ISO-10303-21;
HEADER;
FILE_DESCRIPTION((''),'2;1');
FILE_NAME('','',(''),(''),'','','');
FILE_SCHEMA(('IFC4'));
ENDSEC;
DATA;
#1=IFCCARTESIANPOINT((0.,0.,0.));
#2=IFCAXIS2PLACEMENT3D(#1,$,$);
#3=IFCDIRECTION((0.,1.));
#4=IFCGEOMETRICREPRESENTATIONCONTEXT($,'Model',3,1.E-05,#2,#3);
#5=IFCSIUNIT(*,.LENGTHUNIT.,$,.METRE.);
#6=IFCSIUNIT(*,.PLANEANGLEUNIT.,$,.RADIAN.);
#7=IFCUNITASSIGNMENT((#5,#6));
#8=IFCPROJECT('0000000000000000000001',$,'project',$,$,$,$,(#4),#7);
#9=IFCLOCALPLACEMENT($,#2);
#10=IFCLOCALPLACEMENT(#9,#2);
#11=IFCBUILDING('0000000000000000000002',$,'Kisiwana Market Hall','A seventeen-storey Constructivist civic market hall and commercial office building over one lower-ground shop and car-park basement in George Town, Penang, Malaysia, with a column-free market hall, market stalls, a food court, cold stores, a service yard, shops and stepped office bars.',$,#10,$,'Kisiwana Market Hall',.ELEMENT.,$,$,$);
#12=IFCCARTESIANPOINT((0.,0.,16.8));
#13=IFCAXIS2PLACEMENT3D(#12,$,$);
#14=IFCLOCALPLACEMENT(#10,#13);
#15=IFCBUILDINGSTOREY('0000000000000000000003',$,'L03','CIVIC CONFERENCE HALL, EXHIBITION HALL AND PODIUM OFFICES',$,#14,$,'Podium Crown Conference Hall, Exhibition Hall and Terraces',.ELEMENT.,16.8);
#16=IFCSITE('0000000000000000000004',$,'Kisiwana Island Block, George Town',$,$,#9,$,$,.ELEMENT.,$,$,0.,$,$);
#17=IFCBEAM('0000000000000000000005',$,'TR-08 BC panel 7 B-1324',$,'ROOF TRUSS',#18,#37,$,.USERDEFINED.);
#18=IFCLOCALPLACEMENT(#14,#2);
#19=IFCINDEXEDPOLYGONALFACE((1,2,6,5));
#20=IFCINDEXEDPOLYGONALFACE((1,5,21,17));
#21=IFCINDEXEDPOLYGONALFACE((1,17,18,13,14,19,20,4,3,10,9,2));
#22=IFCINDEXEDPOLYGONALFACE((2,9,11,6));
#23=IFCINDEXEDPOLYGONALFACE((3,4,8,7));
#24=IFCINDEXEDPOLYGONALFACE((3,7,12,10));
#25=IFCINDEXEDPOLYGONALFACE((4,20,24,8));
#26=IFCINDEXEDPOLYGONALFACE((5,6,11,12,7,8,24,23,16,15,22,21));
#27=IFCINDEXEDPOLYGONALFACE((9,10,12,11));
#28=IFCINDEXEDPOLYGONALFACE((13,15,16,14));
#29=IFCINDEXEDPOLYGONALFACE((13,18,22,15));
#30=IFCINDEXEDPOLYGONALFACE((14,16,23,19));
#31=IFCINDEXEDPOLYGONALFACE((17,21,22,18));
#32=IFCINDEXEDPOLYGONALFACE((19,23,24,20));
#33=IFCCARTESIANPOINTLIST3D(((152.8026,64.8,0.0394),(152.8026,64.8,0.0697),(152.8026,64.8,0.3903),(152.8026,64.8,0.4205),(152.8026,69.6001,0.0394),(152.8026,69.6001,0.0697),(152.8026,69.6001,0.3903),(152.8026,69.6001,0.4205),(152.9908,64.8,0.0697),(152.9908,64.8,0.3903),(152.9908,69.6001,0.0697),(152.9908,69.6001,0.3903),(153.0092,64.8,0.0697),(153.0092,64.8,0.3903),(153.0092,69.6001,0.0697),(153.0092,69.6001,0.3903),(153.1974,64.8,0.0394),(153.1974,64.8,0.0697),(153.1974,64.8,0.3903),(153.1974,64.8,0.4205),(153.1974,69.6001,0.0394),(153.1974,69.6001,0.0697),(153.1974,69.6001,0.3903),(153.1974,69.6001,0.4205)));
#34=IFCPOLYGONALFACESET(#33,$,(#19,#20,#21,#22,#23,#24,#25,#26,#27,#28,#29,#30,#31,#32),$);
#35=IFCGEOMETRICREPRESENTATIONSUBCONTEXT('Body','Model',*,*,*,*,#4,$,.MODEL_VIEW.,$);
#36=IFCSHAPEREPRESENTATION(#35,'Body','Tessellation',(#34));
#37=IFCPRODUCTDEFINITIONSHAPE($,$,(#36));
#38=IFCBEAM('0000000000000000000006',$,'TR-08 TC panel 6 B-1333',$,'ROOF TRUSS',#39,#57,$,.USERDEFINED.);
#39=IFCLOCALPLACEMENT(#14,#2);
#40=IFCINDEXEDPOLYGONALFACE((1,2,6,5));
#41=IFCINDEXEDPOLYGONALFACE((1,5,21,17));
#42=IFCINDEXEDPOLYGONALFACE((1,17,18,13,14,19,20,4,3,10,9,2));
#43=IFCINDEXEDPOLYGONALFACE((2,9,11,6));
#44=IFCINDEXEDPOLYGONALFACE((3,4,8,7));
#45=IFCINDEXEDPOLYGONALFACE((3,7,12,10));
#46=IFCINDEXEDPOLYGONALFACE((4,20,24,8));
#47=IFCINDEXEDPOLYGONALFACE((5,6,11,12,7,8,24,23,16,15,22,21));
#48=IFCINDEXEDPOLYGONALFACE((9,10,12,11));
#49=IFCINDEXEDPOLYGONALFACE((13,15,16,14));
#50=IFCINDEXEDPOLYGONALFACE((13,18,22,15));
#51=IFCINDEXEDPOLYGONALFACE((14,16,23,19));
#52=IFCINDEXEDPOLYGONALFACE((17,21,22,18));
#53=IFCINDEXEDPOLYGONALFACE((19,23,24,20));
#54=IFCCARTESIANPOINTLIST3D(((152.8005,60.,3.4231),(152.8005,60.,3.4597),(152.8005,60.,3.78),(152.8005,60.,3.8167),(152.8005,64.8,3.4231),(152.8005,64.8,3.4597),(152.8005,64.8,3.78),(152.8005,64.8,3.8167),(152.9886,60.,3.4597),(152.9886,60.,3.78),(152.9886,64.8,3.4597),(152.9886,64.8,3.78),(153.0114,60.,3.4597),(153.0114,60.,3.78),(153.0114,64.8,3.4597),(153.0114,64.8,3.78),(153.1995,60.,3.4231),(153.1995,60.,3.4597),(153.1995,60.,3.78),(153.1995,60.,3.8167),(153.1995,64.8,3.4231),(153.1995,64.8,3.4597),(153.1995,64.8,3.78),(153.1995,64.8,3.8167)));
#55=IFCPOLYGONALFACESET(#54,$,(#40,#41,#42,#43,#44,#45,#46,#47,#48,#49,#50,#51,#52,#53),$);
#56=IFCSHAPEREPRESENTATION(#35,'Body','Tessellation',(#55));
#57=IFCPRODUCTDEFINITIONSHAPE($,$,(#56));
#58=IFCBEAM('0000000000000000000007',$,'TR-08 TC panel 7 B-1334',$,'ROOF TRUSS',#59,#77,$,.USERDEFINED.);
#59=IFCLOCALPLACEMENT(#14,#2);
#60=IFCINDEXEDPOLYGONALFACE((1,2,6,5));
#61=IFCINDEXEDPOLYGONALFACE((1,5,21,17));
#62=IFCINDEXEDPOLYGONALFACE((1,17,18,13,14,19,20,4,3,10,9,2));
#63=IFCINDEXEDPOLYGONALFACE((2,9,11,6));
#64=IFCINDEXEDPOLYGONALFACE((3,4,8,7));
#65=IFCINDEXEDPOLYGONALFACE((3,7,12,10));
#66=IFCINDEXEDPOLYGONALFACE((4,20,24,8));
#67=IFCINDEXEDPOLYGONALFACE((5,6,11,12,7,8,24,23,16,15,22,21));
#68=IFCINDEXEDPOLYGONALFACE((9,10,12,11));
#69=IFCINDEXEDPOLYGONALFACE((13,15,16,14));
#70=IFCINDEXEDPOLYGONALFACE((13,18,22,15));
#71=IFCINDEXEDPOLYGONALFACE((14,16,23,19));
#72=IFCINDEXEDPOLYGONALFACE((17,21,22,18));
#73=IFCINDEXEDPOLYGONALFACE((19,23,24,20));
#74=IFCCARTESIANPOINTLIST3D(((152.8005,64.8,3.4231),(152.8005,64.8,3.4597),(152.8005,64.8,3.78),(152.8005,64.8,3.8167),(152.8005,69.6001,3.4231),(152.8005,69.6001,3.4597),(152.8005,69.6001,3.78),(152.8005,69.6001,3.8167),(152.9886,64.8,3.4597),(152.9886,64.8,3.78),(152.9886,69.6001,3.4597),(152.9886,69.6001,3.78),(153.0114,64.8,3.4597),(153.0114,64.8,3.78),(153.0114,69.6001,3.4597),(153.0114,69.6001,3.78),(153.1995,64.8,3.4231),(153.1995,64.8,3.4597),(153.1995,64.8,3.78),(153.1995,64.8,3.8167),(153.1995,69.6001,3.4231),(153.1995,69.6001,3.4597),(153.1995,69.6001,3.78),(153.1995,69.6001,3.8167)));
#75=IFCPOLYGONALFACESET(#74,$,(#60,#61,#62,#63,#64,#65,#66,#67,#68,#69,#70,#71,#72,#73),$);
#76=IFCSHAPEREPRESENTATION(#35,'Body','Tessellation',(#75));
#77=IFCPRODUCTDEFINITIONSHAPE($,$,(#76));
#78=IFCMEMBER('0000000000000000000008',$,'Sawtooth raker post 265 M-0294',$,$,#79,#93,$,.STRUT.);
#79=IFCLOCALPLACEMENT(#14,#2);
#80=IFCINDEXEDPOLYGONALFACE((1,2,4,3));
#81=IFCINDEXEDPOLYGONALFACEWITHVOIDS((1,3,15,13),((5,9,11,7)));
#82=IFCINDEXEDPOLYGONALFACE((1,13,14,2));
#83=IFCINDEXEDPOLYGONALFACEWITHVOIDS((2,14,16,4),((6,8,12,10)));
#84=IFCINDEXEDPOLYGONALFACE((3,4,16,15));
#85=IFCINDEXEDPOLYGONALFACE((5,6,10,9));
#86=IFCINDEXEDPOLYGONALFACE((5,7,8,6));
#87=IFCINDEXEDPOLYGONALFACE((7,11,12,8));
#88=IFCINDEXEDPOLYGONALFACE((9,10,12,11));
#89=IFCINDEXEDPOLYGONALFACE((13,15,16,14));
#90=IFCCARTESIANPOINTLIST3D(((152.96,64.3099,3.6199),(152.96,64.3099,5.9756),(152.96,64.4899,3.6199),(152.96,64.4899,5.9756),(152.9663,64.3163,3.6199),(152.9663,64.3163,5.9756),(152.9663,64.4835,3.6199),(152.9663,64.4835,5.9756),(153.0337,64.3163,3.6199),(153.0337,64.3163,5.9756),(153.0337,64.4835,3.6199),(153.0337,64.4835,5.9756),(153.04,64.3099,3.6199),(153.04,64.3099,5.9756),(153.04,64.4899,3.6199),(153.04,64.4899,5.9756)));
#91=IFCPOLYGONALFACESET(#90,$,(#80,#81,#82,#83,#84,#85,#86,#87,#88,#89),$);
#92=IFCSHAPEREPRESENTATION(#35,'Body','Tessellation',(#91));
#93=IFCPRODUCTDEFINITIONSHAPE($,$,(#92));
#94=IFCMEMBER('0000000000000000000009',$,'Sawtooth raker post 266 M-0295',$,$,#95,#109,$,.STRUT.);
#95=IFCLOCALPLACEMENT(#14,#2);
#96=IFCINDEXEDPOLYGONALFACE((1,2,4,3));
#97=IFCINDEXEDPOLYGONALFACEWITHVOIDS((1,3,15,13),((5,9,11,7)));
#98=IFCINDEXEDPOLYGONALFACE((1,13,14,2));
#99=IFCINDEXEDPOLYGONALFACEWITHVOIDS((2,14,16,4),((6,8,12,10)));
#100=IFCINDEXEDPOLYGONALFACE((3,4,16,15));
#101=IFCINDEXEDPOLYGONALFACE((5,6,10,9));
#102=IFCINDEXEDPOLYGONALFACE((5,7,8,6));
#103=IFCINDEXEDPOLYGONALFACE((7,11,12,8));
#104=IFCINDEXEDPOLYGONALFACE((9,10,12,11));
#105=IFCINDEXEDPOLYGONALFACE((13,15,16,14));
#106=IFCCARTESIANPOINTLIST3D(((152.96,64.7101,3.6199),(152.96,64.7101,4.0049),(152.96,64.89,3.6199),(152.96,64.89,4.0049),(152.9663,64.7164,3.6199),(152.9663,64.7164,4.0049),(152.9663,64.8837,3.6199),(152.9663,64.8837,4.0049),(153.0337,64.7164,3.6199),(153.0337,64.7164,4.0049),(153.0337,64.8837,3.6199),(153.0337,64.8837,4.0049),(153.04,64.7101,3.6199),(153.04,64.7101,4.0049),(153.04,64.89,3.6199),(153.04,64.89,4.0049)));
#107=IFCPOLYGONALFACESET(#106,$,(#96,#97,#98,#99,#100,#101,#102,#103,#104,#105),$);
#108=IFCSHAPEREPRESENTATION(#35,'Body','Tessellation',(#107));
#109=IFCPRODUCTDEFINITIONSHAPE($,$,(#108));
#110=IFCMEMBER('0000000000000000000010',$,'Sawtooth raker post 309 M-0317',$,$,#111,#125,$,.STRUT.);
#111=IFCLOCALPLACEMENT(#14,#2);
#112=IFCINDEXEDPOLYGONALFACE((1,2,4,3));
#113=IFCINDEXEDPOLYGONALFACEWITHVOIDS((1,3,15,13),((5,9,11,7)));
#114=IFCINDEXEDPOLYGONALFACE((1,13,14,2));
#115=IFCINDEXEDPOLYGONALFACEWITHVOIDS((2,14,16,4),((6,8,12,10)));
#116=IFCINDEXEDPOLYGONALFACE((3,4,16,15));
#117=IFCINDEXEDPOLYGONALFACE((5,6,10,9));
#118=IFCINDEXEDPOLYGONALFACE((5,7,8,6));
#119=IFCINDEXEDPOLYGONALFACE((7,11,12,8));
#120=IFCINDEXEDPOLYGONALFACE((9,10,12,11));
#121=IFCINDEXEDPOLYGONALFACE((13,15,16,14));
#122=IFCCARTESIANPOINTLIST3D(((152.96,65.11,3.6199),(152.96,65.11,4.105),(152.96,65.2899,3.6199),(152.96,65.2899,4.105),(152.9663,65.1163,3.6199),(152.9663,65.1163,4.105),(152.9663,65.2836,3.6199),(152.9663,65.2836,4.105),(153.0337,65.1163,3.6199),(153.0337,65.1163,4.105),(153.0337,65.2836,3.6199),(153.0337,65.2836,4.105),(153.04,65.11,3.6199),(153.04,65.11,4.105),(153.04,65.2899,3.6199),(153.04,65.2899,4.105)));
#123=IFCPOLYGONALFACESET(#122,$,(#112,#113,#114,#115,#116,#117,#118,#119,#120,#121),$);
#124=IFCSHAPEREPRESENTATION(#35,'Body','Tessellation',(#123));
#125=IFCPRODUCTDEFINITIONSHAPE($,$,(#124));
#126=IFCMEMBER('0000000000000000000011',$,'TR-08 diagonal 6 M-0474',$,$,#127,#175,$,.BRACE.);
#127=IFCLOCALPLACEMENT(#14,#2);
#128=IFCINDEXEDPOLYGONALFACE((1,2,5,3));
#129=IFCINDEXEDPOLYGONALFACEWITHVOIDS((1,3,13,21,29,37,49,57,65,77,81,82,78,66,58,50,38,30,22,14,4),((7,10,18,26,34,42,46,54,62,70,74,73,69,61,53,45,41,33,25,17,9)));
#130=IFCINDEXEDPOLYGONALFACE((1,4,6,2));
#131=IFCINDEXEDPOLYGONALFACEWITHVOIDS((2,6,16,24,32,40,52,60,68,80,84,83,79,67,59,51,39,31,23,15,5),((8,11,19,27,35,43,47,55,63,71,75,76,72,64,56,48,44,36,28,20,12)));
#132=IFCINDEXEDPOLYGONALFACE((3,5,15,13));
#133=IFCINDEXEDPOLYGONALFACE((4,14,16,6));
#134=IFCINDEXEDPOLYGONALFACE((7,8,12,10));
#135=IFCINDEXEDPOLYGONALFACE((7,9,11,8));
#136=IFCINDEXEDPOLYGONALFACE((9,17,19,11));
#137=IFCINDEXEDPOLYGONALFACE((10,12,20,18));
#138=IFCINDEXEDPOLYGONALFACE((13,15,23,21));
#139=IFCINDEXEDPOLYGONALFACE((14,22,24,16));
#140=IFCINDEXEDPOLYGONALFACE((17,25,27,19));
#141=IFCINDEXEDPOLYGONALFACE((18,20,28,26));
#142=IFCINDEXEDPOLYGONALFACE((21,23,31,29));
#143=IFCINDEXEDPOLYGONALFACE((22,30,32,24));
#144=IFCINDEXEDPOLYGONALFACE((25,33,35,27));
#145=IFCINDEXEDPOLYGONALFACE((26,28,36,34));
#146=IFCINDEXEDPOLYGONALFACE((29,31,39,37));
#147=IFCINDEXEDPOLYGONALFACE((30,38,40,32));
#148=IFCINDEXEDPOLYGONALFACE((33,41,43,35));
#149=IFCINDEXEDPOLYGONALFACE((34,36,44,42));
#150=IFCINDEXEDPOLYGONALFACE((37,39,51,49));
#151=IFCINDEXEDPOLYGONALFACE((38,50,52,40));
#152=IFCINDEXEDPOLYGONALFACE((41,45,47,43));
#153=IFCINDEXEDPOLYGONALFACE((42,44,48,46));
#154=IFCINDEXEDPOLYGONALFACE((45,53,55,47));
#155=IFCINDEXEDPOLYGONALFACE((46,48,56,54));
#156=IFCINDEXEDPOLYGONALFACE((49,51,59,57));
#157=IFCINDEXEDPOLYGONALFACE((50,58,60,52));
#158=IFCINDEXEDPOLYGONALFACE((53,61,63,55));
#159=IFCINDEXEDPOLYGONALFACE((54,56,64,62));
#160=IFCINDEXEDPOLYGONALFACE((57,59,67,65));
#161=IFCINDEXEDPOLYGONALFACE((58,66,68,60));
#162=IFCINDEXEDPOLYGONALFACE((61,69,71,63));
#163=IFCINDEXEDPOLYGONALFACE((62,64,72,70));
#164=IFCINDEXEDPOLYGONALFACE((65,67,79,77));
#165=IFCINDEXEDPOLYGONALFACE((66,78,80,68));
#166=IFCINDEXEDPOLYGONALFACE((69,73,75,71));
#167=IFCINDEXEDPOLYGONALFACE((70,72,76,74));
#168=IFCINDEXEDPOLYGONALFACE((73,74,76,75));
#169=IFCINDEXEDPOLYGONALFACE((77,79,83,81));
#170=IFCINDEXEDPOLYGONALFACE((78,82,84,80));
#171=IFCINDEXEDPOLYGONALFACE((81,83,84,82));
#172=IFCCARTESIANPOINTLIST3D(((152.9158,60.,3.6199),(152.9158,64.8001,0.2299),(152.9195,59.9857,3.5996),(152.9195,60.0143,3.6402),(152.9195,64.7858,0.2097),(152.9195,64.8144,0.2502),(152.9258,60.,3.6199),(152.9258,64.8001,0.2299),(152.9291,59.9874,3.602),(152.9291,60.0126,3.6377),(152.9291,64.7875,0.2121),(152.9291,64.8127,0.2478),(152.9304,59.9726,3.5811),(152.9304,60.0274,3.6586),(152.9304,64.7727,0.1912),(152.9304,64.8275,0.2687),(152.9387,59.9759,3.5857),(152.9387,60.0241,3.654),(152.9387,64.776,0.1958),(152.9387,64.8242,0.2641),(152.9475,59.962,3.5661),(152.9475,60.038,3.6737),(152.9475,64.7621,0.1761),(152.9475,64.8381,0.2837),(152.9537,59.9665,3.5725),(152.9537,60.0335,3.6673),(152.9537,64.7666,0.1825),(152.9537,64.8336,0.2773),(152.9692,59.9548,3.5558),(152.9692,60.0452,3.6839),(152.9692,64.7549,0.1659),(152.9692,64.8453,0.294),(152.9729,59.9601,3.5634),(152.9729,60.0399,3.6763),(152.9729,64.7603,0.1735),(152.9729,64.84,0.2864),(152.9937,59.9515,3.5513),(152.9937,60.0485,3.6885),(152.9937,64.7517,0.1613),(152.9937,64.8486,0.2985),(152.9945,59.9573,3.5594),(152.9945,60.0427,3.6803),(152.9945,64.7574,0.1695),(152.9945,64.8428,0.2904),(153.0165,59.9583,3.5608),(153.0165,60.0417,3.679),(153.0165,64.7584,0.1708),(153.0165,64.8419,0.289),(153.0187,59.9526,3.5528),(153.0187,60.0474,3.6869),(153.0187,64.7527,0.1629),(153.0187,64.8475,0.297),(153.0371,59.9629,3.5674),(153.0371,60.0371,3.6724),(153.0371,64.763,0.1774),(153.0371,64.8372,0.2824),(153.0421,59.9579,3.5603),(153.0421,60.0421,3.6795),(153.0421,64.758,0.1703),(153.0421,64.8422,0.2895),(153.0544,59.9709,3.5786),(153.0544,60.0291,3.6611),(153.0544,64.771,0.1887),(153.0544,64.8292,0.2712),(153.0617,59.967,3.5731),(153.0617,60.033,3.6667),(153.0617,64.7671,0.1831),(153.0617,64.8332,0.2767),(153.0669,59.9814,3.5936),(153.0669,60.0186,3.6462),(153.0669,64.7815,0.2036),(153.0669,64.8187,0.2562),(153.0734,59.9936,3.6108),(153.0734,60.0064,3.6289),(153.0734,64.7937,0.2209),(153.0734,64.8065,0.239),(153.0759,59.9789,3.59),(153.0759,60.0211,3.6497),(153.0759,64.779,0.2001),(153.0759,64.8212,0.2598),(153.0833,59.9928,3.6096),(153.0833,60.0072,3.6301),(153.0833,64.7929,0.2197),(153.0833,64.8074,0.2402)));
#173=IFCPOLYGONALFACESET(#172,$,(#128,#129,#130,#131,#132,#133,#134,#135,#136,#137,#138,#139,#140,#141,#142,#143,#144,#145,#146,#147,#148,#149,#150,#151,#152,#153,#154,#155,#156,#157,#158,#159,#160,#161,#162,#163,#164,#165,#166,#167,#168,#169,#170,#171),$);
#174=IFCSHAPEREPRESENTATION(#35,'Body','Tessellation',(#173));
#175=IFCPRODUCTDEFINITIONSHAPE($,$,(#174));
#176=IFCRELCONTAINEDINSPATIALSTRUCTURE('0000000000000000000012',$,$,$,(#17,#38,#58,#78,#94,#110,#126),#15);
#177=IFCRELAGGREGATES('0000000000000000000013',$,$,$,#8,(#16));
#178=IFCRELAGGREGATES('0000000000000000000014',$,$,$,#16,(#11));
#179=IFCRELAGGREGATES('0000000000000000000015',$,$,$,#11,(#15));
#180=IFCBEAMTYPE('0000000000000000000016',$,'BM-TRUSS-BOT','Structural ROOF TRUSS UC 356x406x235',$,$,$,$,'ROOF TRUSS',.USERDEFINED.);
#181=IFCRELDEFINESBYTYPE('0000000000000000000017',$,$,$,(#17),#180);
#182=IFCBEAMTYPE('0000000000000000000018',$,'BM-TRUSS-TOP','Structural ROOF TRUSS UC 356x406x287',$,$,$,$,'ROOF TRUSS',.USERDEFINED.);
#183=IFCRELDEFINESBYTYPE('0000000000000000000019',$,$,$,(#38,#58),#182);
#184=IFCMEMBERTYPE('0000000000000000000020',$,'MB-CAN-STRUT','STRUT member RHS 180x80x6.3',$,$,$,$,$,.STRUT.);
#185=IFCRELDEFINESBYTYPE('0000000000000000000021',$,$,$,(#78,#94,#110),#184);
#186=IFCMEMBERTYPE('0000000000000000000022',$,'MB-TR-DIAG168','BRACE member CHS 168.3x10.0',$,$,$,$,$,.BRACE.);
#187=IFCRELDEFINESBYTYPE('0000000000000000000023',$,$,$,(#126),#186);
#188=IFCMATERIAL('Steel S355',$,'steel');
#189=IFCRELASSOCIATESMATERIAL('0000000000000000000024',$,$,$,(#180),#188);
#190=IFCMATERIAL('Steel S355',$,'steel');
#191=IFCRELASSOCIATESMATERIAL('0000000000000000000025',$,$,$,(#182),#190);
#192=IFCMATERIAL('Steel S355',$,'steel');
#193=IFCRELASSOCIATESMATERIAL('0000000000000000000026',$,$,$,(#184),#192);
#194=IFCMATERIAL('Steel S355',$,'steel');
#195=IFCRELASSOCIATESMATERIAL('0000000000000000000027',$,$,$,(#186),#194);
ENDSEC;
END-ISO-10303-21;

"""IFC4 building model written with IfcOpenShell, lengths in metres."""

from ifc_helpers import new_model, si_unit, direction, frame, origin, origin_2d, place, context, subcontext, project, spatial, hollow_rectangle, hollow_circle, i_section, extrude, material, material_profile, profile_set, type_object, element, save


model = new_model("IFC4")

# Units and contexts
model_context = context("Model", 3, precision=1e-05, world=origin(), true_north=direction((0.0, 1.0)))
body_context = subcontext(model_context, "Body", "Model", "MODEL_VIEW")
ifc_project = project(units=[si_unit("LENGTHUNIT", "METRE"), si_unit("PLANEANGLEUNIT", "RADIAN")], contexts=[model_context])

# Site, building, storey
site_placement = place(None, origin())
site = spatial("IfcSite", under=ifc_project, at=site_placement, Name="Kisiwana Island Block, George Town", CompositionType="ELEMENT", RefElevation=0.0)
building_placement = place(site_placement, origin())
building = spatial("IfcBuilding", under=site, at=building_placement, Name="Kisiwana Market Hall", Description="A seventeen-storey Constructivist civic market hall and commercial office building over one lower-ground shop and car-park basement in George Town, Penang, Malaysia, with a column-free market hall, market stalls, a food court, cold stores, a service yard, shops and stepped office bars.", LongName="Kisiwana Market Hall", CompositionType="ELEMENT")
storey_placement = place(building_placement, frame((0.0, 0.0, 16.8)))
storey = spatial("IfcBuildingStorey", under=building, at=storey_placement, Name="L03", Description="CIVIC CONFERENCE HALL, EXHIBITION HALL AND PODIUM OFFICES", LongName="Podium Crown Conference Hall, Exhibition Hall and Terraces", CompositionType="ELEMENT", Elevation=16.8)

# Beams
ifc_material_1 = material(Name="Steel S355", Category="steel")
ifc_material_profile_1 = material_profile(ifc_material_1, i_section(OverallWidth=0.3948, OverallDepth=0.3811, WebThickness=0.0183, FlangeThickness=0.0303, at=origin_2d()), Name="UC 356x406x235")
ifc_profile_set_1 = profile_set([ifc_material_profile_1], Name="Steel S355")
beam_type_1 = type_object("IfcBeamType", Name="BM-TRUSS-BOT", Description="Structural ROOF TRUSS UC 356x406x235", ElementType="ROOF TRUSS", PredefinedType="USERDEFINED", material=ifc_profile_set_1)
for number, where, z_axis, x_axis, name in (
    (1, (153.0, 64.8, 0.23), (0.0, 1.0, 0.0), (-1.0, 0.0, 0.0), "TR-08 BC panel 7 B-1324"),
):
    element("IfcBeam", number, at=place(storey_placement, frame(where, z_axis=z_axis, x_axis=x_axis)), inside=storey, type_object=beam_type_1, Name=name, ObjectType="ROOF TRUSS", PredefinedType="USERDEFINED", context=body_context, shape_type="SweptSolid", body=[
        extrude(i_section(OverallWidth=0.3948, OverallDepth=0.3811, WebThickness=0.0183, FlangeThickness=0.0303, at=origin_2d()), origin(), (0.0, 0.0, 1.0), 4.8),
    ])
ifc_material_2 = material(Name="Steel S355", Category="steel")
ifc_material_profile_2 = material_profile(ifc_material_2, i_section(OverallWidth=0.3989, OverallDepth=0.3936, WebThickness=0.0227, FlangeThickness=0.0366, at=origin_2d()), Name="UC 356x406x287")
ifc_profile_set_2 = profile_set([ifc_material_profile_2], Name="Steel S355")
beam_type_2 = type_object("IfcBeamType", Name="BM-TRUSS-TOP", Description="Structural ROOF TRUSS UC 356x406x287", ElementType="ROOF TRUSS", PredefinedType="USERDEFINED", material=ifc_profile_set_2)
for number, where, z_axis, x_axis, name in (
    (2, (153.0, 60.0, 3.6199), (0.0, 1.0, 0.0), (-1.0, 0.0, 0.0), "TR-08 TC panel 6 B-1333"),
    (3, (153.0, 64.8, 3.6199), (0.0, 1.0, 0.0), (-1.0, 0.0, 0.0), "TR-08 TC panel 7 B-1334"),
):
    element("IfcBeam", number, at=place(storey_placement, frame(where, z_axis=z_axis, x_axis=x_axis)), inside=storey, type_object=beam_type_2, Name=name, ObjectType="ROOF TRUSS", PredefinedType="USERDEFINED", context=body_context, shape_type="SweptSolid", body=[
        extrude(i_section(OverallWidth=0.3989, OverallDepth=0.3936, WebThickness=0.0227, FlangeThickness=0.0366, at=origin_2d()), origin(), (0.0, 0.0, 1.0), 4.8),
    ])

# Members
ifc_material_3 = material(Name="Steel S355", Category="steel")
ifc_material_profile_3 = material_profile(ifc_material_3, hollow_rectangle(XDim=0.0801, YDim=0.1799, WallThickness=0.0063, at=origin_2d()), Name="RHS 180x80x6.3")
ifc_profile_set_3 = profile_set([ifc_material_profile_3], Name="Steel S355")
member_type_1 = type_object("IfcMemberType", Name="MB-CAN-STRUT", Description="STRUT member RHS 180x80x6.3", PredefinedType="STRUT", material=ifc_profile_set_3)
member_1_placement = place(storey_placement, frame((153.0, 64.3999, 3.6199), z_axis=(0.0, 0.0, 1.0), x_axis=(1.0, 0.0, 0.0)))
element("IfcMember", 4, at=member_1_placement, inside=storey, type_object=member_type_1, Name="Sawtooth raker post 265 M-0294", PredefinedType="STRUT", context=body_context, shape_type="SweptSolid", body=[
    extrude(hollow_rectangle(XDim=0.0801, YDim=0.1799, WallThickness=0.0063, at=origin_2d()), origin(), (0.0, 0.0, 1.0), 2.3557),
])
member_2_placement = place(storey_placement, frame((153.0, 64.8, 3.6199), z_axis=(0.0, 0.0, 1.0), x_axis=(1.0, 0.0, 0.0)))
element("IfcMember", 5, at=member_2_placement, inside=storey, type_object=member_type_1, Name="Sawtooth raker post 266 M-0295", PredefinedType="STRUT", context=body_context, shape_type="SweptSolid", body=[
    extrude(hollow_rectangle(XDim=0.0801, YDim=0.1799, WallThickness=0.0063, at=origin_2d()), origin(), (0.0, 0.0, 1.0), 0.385),
])
member_3_placement = place(storey_placement, frame((153.0, 65.2, 3.6199), z_axis=(0.0, 0.0, 1.0), x_axis=(1.0, 0.0, 0.0)))
element("IfcMember", 6, at=member_3_placement, inside=storey, type_object=member_type_1, Name="Sawtooth raker post 309 M-0317", PredefinedType="STRUT", context=body_context, shape_type="SweptSolid", body=[
    extrude(hollow_rectangle(XDim=0.0801, YDim=0.1799, WallThickness=0.0063, at=origin_2d()), origin(), (0.0, 0.0, 1.0), 0.4851),
])
ifc_material_4 = material(Name="Steel S355", Category="steel")
ifc_material_profile_4 = material_profile(ifc_material_4, hollow_circle(Radius=0.0842, WallThickness=0.01, at=origin_2d()), Name="CHS 168.3x10.0")
ifc_profile_set_4 = profile_set([ifc_material_profile_4], Name="Steel S355")
member_type_2 = type_object("IfcMemberType", Name="MB-TR-DIAG168", Description="BRACE member CHS 168.3x10.0", PredefinedType="BRACE", material=ifc_profile_set_4)
for number, where, z_axis, x_axis, name in (
    (7, (153.0, 60.0, 3.6199), (0.0, 0.816838, -0.576868), (-1.0, 0.0, 0.0), "TR-08 diagonal 6 M-0474"),
):
    element("IfcMember", number, at=place(storey_placement, frame(where, z_axis=z_axis, x_axis=x_axis)), inside=storey, type_object=member_type_2, Name=name, PredefinedType="BRACE", context=body_context, shape_type="SweptSolid", body=[
        extrude(hollow_circle(Radius=0.0842, WallThickness=0.01, at=origin_2d()), origin(), (0.0, 0.0, 1.0), 5.8765),
    ])

save(model, "model.ifc")
